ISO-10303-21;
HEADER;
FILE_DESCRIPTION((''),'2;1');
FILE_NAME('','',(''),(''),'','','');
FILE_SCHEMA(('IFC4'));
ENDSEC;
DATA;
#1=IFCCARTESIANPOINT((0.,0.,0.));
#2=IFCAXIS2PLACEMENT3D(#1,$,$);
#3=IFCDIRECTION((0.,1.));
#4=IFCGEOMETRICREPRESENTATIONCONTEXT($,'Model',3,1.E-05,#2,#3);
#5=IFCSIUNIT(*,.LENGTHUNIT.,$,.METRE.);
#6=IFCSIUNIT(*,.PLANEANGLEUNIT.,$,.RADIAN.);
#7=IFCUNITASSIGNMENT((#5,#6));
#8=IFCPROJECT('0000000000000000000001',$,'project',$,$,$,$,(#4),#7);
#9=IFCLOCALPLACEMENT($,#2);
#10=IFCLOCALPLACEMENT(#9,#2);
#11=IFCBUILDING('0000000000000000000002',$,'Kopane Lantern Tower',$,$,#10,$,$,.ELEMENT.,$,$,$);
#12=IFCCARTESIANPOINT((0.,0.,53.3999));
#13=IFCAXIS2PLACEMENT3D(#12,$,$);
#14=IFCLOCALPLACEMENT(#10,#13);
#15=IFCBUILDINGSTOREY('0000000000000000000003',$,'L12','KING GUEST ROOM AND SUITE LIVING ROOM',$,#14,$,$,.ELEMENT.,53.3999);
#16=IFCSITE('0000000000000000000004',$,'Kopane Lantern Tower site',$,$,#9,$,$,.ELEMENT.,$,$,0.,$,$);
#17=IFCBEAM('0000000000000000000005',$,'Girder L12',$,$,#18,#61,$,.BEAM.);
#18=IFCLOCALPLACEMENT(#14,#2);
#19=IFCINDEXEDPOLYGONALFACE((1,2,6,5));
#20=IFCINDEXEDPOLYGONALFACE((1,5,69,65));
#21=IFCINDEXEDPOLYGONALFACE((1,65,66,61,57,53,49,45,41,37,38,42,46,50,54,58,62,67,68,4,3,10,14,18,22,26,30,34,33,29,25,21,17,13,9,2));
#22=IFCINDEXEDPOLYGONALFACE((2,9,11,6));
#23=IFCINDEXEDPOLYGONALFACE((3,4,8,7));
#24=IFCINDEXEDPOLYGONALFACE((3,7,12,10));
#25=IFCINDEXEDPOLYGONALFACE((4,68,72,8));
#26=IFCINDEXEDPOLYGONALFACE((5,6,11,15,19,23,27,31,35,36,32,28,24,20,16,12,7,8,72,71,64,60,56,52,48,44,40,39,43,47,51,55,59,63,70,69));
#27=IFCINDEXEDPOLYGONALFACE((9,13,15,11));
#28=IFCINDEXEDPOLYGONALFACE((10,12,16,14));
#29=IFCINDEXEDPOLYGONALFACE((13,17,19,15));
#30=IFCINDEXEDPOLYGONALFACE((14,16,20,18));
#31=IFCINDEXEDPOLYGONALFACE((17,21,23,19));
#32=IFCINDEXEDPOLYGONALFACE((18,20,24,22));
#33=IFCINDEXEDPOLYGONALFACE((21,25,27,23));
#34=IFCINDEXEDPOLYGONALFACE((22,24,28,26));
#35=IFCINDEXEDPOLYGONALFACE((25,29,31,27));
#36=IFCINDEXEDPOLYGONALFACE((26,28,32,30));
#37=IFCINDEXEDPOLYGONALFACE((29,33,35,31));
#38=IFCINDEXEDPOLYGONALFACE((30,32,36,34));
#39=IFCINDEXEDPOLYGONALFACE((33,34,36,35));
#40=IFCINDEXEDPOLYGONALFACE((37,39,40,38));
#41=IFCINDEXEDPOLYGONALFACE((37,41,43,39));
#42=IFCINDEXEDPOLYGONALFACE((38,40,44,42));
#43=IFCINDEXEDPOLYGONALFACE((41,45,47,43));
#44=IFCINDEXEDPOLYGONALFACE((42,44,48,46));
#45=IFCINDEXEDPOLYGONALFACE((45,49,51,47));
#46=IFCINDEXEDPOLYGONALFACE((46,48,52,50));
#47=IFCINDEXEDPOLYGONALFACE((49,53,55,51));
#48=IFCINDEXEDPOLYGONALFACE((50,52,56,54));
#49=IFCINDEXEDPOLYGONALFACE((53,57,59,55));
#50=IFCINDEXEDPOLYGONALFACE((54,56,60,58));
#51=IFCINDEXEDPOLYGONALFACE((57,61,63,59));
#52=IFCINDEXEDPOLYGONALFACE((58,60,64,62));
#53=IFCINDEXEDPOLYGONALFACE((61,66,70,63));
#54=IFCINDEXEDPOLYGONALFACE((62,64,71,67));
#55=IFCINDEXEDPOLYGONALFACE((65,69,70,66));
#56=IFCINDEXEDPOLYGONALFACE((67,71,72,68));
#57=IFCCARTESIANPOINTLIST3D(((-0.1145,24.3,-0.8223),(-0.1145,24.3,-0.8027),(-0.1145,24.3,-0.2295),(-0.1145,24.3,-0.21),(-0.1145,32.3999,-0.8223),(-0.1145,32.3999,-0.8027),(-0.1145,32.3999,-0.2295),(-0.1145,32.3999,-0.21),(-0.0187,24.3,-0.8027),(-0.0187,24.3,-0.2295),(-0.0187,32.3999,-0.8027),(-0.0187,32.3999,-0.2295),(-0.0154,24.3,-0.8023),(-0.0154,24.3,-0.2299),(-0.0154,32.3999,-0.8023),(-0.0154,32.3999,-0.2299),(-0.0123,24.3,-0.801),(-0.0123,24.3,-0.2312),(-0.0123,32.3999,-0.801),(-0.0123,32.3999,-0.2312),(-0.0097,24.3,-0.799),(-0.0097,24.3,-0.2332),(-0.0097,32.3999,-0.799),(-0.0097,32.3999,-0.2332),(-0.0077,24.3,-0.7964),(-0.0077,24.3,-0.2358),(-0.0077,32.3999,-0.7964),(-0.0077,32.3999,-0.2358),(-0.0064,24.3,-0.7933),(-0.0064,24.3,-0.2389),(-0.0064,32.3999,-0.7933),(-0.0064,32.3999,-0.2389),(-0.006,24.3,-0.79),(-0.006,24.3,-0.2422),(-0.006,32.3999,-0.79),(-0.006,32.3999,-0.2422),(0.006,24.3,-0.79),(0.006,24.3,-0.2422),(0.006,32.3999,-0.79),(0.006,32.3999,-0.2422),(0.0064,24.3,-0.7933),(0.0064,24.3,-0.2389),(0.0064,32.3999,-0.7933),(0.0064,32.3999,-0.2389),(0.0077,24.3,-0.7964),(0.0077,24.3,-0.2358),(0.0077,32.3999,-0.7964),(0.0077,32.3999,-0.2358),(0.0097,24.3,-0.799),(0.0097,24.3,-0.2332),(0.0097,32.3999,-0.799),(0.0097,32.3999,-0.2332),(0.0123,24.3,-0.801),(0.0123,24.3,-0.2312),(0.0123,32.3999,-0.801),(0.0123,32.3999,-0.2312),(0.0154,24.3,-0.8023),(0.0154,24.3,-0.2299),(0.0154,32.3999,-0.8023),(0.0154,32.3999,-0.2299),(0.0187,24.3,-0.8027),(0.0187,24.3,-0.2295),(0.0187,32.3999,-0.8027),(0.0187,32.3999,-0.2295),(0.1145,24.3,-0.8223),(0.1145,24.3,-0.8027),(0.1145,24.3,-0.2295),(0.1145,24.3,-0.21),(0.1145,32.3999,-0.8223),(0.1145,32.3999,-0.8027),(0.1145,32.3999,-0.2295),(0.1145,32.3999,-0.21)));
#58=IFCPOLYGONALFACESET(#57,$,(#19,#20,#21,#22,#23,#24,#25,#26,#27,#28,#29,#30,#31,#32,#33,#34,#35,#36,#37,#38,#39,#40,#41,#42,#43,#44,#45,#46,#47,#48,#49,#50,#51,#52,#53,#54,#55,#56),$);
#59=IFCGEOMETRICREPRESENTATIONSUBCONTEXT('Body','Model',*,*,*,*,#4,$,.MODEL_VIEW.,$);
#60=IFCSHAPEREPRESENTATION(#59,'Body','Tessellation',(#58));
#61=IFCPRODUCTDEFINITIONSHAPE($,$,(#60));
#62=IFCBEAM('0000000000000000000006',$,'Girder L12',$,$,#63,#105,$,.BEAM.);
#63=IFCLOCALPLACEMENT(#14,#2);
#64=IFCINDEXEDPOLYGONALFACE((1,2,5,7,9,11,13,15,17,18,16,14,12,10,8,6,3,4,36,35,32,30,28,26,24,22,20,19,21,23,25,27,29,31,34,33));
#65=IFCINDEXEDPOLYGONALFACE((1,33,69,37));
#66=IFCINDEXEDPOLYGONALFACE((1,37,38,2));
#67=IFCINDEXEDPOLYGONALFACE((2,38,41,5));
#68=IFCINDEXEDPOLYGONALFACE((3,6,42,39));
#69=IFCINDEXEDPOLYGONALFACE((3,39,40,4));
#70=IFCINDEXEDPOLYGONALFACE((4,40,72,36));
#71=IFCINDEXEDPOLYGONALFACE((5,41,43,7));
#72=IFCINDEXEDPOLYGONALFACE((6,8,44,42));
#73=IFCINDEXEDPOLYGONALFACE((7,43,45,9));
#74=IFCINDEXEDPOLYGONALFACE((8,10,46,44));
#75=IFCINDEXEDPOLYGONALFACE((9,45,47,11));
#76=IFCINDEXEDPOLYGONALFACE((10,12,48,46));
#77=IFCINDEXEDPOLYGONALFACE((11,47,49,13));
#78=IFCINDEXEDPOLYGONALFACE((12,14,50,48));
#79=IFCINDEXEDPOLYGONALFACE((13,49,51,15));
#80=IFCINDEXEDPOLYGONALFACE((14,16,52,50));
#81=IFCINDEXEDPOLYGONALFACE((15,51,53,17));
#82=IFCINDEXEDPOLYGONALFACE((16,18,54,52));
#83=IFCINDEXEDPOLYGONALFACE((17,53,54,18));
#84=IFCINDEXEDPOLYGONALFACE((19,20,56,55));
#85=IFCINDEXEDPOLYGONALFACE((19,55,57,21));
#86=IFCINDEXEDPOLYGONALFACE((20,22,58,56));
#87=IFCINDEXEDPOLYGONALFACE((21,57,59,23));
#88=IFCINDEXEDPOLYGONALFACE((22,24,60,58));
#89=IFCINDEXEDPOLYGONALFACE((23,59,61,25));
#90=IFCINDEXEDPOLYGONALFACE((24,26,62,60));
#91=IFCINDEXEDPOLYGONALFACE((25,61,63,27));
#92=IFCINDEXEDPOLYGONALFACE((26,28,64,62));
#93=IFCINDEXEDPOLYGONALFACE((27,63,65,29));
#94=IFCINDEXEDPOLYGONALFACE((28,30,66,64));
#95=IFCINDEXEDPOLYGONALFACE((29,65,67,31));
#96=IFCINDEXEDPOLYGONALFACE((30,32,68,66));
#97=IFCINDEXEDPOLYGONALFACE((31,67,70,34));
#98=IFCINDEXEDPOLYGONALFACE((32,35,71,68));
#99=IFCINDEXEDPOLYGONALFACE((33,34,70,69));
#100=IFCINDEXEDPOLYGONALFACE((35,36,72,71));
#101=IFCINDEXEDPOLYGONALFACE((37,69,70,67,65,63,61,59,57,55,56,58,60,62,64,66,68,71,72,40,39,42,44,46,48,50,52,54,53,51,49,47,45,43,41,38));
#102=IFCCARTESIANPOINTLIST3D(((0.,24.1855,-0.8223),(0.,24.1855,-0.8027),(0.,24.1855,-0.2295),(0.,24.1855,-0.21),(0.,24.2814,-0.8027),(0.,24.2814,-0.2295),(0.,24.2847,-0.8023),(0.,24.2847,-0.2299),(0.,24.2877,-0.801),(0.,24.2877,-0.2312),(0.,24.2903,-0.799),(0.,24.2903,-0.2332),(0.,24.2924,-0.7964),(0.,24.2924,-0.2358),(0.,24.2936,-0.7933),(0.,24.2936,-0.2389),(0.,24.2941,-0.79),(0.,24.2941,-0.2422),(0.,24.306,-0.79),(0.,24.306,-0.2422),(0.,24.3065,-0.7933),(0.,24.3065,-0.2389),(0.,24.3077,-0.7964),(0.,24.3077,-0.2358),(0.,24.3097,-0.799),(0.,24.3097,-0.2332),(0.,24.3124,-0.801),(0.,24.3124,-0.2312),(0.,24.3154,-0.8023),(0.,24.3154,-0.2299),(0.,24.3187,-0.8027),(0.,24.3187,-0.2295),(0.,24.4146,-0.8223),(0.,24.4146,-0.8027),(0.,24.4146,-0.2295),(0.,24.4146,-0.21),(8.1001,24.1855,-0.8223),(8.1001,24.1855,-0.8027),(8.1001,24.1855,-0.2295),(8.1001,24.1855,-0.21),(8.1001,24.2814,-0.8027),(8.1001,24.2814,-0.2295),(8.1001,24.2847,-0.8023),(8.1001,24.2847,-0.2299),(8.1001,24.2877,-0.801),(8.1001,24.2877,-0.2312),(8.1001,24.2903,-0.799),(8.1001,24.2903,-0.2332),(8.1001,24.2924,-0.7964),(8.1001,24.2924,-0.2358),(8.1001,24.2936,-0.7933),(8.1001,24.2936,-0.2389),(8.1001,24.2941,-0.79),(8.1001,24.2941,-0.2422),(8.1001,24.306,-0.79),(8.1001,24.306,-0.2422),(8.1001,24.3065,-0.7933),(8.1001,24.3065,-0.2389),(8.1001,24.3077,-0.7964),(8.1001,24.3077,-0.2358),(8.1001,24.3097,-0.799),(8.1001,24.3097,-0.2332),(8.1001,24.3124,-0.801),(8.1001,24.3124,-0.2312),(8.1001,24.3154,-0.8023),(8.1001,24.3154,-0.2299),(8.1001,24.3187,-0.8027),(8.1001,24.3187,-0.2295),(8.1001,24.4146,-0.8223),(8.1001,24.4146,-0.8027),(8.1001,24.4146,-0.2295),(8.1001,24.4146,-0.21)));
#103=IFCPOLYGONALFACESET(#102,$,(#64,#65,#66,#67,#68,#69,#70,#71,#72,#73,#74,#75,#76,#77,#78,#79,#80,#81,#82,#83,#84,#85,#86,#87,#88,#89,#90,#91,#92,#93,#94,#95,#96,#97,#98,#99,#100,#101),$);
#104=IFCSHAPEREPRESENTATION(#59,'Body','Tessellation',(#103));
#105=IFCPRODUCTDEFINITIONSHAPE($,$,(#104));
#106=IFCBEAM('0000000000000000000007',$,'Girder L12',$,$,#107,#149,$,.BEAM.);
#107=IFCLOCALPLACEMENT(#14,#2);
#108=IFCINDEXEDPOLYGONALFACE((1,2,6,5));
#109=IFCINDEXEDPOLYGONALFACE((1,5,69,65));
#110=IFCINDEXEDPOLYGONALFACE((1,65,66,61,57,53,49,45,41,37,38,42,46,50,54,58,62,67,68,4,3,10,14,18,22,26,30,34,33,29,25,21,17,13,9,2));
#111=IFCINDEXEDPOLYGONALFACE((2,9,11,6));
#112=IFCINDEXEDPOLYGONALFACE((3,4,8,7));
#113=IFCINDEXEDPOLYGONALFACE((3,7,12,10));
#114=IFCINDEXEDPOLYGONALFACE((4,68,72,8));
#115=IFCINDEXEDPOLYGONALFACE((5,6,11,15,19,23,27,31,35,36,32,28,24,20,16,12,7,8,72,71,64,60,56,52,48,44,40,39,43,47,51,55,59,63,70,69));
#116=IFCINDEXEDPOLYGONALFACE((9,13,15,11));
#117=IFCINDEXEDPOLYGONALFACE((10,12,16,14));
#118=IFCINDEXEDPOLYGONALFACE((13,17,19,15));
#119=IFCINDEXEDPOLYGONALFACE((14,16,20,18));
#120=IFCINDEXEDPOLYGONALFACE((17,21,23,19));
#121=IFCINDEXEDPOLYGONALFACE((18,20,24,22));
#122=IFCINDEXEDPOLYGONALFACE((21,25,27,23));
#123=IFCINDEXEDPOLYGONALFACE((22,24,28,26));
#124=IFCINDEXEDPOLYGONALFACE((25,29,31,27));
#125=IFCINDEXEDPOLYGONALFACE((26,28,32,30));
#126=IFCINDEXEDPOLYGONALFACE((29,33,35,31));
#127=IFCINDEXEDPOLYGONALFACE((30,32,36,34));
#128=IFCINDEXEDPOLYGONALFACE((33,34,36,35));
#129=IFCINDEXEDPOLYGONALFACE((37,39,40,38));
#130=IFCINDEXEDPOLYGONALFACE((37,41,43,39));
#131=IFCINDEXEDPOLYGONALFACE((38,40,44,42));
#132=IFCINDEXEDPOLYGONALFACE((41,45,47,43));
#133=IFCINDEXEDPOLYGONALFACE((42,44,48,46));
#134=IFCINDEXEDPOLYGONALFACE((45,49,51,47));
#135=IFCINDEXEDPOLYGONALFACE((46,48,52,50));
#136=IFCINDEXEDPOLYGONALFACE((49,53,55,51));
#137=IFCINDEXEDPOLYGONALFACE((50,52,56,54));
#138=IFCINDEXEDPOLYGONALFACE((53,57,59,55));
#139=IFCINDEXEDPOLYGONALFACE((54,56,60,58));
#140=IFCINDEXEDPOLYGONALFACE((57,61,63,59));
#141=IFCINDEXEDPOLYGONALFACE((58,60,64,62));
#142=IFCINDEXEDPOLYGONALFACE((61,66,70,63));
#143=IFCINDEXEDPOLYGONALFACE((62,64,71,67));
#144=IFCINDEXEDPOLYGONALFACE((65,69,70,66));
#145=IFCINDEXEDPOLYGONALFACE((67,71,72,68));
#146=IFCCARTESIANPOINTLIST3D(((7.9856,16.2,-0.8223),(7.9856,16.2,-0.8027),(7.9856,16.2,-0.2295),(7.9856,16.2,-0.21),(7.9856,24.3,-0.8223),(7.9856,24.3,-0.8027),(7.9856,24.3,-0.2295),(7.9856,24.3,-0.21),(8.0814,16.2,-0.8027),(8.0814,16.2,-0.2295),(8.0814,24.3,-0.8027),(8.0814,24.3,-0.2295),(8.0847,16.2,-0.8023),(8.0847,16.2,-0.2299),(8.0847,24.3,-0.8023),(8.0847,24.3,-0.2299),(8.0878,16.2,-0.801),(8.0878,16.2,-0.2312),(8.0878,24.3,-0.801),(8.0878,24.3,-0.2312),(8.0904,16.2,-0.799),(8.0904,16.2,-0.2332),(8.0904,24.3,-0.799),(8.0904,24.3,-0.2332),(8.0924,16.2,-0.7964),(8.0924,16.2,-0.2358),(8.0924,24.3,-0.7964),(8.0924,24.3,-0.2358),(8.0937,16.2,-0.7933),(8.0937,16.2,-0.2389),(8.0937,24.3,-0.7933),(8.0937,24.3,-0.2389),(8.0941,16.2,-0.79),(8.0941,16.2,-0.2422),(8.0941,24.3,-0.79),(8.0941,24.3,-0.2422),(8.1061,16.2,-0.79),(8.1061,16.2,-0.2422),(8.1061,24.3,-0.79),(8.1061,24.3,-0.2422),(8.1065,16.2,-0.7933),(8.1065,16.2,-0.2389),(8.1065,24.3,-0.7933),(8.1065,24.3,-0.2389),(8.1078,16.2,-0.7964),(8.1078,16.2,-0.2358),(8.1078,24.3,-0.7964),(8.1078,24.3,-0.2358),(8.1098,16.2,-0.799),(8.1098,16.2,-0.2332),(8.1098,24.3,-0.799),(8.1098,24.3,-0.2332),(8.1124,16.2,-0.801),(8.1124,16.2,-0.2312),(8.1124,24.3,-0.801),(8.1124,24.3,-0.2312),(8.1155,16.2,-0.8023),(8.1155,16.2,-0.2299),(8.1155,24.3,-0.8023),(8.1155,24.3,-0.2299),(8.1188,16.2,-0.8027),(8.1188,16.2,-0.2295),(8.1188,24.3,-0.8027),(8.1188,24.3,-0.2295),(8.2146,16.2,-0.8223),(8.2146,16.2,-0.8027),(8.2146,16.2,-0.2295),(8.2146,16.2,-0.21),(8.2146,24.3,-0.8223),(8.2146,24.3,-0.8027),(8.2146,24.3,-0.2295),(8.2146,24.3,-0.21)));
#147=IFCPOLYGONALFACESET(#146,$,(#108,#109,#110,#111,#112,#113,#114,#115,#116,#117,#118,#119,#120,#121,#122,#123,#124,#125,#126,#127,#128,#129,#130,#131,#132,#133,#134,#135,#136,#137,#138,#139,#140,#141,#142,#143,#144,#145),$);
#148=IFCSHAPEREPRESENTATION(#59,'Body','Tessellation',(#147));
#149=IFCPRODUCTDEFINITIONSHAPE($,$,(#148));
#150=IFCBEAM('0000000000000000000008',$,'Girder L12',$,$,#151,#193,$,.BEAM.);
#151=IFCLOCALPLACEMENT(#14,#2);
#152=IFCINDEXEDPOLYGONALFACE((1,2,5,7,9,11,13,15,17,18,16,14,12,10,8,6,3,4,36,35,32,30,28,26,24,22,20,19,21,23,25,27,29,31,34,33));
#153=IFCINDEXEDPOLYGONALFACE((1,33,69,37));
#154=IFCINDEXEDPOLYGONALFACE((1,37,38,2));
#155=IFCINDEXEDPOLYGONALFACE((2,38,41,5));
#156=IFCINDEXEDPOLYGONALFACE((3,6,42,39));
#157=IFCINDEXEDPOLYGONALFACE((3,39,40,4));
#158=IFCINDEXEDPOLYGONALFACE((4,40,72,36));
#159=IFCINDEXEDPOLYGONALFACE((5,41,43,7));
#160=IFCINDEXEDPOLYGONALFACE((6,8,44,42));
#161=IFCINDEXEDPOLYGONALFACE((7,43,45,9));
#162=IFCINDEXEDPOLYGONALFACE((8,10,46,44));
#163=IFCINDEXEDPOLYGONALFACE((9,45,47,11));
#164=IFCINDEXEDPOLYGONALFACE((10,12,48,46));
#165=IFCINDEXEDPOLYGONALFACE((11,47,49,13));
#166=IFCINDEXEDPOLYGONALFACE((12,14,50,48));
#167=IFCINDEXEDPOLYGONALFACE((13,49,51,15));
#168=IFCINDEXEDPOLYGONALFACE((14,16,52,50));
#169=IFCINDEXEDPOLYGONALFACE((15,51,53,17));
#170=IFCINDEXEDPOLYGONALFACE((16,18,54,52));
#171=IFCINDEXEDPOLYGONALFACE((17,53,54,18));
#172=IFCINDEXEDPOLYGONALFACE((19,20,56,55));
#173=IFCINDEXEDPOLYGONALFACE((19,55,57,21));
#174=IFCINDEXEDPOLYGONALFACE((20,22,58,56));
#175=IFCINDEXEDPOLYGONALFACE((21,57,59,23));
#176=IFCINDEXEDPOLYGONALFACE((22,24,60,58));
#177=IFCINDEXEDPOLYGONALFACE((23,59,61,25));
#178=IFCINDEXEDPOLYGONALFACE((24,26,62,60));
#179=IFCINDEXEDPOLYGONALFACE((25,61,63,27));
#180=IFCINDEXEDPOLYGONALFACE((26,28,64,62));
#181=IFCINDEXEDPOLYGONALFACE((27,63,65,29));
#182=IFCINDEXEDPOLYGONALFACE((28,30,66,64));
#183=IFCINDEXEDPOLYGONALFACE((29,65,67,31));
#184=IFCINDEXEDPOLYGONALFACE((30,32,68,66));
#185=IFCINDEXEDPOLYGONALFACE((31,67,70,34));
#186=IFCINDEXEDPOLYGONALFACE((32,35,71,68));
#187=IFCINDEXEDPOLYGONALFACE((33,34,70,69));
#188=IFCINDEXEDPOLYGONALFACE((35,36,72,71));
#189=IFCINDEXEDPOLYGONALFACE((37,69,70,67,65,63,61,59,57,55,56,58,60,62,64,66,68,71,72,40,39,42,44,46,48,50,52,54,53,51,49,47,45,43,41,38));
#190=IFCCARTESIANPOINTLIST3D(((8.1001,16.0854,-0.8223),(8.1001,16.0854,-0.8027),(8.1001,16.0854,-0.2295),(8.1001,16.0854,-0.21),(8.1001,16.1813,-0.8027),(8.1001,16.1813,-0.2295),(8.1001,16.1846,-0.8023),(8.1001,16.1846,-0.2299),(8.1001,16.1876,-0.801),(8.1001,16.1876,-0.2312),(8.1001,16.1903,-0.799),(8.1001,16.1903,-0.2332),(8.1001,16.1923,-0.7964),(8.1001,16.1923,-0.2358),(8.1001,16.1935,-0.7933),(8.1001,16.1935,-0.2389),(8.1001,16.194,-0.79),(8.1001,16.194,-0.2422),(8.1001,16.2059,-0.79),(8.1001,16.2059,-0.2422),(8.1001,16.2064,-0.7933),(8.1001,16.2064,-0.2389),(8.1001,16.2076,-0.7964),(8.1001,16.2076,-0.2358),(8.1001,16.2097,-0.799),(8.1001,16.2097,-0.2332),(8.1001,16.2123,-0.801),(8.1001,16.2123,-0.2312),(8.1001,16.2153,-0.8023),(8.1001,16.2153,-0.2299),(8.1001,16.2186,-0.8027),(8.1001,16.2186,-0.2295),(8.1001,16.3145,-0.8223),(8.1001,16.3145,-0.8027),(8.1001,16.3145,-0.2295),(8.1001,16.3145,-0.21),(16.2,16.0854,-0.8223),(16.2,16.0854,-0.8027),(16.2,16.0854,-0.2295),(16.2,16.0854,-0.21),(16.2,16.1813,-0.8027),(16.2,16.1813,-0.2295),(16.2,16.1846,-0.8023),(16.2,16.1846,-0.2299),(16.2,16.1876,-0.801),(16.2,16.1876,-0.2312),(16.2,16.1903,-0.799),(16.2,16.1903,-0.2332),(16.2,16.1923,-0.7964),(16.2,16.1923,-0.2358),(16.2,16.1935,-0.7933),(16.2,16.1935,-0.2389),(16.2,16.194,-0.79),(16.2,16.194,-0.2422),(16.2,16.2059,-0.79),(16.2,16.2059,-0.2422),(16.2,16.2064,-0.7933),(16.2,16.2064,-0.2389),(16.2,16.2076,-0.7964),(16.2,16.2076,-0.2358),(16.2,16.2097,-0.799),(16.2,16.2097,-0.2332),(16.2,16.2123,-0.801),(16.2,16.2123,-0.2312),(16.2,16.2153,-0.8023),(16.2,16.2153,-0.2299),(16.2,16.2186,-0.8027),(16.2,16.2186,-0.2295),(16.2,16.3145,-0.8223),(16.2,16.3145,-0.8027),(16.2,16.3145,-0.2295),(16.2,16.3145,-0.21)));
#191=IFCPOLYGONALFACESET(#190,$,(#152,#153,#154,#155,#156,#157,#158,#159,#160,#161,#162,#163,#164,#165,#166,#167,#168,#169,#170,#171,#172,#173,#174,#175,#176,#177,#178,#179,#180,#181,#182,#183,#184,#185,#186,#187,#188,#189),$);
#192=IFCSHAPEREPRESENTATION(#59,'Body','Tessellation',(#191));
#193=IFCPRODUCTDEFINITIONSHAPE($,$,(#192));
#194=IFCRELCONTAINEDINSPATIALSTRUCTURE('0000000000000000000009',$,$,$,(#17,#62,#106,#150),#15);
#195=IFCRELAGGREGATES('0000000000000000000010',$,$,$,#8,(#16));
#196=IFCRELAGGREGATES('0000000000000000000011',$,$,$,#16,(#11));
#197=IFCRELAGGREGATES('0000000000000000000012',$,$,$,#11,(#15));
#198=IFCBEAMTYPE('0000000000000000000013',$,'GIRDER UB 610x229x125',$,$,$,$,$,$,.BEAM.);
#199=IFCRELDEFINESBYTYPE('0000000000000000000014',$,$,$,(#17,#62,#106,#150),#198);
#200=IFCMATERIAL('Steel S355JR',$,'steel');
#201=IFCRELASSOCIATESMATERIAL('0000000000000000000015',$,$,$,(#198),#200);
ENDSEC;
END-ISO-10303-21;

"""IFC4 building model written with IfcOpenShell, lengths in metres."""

from ifc_helpers import new_model, si_unit, direction, frame, origin, origin_2d, place, context, subcontext, project, spatial, i_section, extrude, material, material_profile, profile_set, type_object, element, save


model = new_model("IFC4")

# Units and contexts
model_context = context("Model", 3, precision=1e-05, world=origin(), true_north=direction((0.0, 1.0)))
body_context = subcontext(model_context, "Body", "Model", "MODEL_VIEW")
ifc_project = project(units=[si_unit("LENGTHUNIT", "METRE"), si_unit("PLANEANGLEUNIT", "RADIAN")], contexts=[model_context])

# Site, building, storey
site_placement = place(None, origin())
site = spatial("IfcSite", under=ifc_project, at=site_placement, Name="Kopane Lantern Tower site", CompositionType="ELEMENT", RefElevation=0.0)
building_placement = place(site_placement, origin())
building = spatial("IfcBuilding", under=site, at=building_placement, Name="Kopane Lantern Tower", CompositionType="ELEMENT")
storey_placement = place(building_placement, frame((0.0, 0.0, 53.3999)))
storey = spatial("IfcBuildingStorey", under=building, at=storey_placement, Name="L12", Description="KING GUEST ROOM AND SUITE LIVING ROOM", CompositionType="ELEMENT", Elevation=53.3999)

# Beams
ifc_material_1 = material(Name="Steel S355JR", Category="steel")
ifc_material_profile_1 = material_profile(ifc_material_1, i_section(OverallWidth=0.229, OverallDepth=0.6123, WebThickness=0.012, FlangeThickness=0.0195, FilletRadius=0.0127, at=origin_2d()), Name="UB 610x229x125")
ifc_profile_set_1 = profile_set([ifc_material_profile_1], Name="Steel S355JR")
beam_type = type_object("IfcBeamType", Name="GIRDER UB 610x229x125", PredefinedType="BEAM", material=ifc_profile_set_1)
beam_placement = place(storey_placement, frame((0.0, 24.3, -0.5161), z_axis=(0.0, 1.0, 0.0), x_axis=(-1.0, 0.0, 0.0)))
element("IfcBeam", 1, at=beam_placement, inside=storey, type_object=beam_type, Name="Girder L12", PredefinedType="BEAM", context=body_context, shape_type="SweptSolid", body=[
    extrude(i_section(OverallWidth=0.229, OverallDepth=0.6123, WebThickness=0.012, FlangeThickness=0.0195, FilletRadius=0.0127, at=origin_2d()), origin(), (0.0, 0.0, 1.0), 8.0999),
])
for number, where, z_axis, x_axis, name in (
    (2, (0.0, 24.3, -0.5161), (1.0, 0.0, 0.0), (0.0, 1.0, 0.0), "Girder L12"),
    (3, (8.1001, 16.2, -0.5161), (0.0, 1.0, 0.0), (-1.0, 0.0, 0.0), "Girder L12"),
):
    element("IfcBeam", number, at=place(storey_placement, frame(where, z_axis=z_axis, x_axis=x_axis)), inside=storey, type_object=beam_type, Name=name, PredefinedType="BEAM", context=body_context, shape_type="SweptSolid", body=[
        extrude(i_section(OverallWidth=0.229, OverallDepth=0.6123, WebThickness=0.012, FlangeThickness=0.0195, FilletRadius=0.0127, at=origin_2d()), origin(), (0.0, 0.0, 1.0), 8.1001),
    ])
for number, where, z_axis, x_axis, name in (
    (4, (8.1001, 16.2, -0.5161), (1.0, 0.0, 0.0), (0.0, 1.0, 0.0), "Girder L12"),
):
    element("IfcBeam", number, at=place(storey_placement, frame(where, z_axis=z_axis, x_axis=x_axis)), inside=storey, type_object=beam_type, Name=name, PredefinedType="BEAM", context=body_context, shape_type="SweptSolid", body=[
        extrude(i_section(OverallWidth=0.229, OverallDepth=0.6123, WebThickness=0.012, FlangeThickness=0.0195, FilletRadius=0.0127, at=origin_2d()), origin(), (0.0, 0.0, 1.0), 8.0999),
    ])

save(model, "model.ifc")
